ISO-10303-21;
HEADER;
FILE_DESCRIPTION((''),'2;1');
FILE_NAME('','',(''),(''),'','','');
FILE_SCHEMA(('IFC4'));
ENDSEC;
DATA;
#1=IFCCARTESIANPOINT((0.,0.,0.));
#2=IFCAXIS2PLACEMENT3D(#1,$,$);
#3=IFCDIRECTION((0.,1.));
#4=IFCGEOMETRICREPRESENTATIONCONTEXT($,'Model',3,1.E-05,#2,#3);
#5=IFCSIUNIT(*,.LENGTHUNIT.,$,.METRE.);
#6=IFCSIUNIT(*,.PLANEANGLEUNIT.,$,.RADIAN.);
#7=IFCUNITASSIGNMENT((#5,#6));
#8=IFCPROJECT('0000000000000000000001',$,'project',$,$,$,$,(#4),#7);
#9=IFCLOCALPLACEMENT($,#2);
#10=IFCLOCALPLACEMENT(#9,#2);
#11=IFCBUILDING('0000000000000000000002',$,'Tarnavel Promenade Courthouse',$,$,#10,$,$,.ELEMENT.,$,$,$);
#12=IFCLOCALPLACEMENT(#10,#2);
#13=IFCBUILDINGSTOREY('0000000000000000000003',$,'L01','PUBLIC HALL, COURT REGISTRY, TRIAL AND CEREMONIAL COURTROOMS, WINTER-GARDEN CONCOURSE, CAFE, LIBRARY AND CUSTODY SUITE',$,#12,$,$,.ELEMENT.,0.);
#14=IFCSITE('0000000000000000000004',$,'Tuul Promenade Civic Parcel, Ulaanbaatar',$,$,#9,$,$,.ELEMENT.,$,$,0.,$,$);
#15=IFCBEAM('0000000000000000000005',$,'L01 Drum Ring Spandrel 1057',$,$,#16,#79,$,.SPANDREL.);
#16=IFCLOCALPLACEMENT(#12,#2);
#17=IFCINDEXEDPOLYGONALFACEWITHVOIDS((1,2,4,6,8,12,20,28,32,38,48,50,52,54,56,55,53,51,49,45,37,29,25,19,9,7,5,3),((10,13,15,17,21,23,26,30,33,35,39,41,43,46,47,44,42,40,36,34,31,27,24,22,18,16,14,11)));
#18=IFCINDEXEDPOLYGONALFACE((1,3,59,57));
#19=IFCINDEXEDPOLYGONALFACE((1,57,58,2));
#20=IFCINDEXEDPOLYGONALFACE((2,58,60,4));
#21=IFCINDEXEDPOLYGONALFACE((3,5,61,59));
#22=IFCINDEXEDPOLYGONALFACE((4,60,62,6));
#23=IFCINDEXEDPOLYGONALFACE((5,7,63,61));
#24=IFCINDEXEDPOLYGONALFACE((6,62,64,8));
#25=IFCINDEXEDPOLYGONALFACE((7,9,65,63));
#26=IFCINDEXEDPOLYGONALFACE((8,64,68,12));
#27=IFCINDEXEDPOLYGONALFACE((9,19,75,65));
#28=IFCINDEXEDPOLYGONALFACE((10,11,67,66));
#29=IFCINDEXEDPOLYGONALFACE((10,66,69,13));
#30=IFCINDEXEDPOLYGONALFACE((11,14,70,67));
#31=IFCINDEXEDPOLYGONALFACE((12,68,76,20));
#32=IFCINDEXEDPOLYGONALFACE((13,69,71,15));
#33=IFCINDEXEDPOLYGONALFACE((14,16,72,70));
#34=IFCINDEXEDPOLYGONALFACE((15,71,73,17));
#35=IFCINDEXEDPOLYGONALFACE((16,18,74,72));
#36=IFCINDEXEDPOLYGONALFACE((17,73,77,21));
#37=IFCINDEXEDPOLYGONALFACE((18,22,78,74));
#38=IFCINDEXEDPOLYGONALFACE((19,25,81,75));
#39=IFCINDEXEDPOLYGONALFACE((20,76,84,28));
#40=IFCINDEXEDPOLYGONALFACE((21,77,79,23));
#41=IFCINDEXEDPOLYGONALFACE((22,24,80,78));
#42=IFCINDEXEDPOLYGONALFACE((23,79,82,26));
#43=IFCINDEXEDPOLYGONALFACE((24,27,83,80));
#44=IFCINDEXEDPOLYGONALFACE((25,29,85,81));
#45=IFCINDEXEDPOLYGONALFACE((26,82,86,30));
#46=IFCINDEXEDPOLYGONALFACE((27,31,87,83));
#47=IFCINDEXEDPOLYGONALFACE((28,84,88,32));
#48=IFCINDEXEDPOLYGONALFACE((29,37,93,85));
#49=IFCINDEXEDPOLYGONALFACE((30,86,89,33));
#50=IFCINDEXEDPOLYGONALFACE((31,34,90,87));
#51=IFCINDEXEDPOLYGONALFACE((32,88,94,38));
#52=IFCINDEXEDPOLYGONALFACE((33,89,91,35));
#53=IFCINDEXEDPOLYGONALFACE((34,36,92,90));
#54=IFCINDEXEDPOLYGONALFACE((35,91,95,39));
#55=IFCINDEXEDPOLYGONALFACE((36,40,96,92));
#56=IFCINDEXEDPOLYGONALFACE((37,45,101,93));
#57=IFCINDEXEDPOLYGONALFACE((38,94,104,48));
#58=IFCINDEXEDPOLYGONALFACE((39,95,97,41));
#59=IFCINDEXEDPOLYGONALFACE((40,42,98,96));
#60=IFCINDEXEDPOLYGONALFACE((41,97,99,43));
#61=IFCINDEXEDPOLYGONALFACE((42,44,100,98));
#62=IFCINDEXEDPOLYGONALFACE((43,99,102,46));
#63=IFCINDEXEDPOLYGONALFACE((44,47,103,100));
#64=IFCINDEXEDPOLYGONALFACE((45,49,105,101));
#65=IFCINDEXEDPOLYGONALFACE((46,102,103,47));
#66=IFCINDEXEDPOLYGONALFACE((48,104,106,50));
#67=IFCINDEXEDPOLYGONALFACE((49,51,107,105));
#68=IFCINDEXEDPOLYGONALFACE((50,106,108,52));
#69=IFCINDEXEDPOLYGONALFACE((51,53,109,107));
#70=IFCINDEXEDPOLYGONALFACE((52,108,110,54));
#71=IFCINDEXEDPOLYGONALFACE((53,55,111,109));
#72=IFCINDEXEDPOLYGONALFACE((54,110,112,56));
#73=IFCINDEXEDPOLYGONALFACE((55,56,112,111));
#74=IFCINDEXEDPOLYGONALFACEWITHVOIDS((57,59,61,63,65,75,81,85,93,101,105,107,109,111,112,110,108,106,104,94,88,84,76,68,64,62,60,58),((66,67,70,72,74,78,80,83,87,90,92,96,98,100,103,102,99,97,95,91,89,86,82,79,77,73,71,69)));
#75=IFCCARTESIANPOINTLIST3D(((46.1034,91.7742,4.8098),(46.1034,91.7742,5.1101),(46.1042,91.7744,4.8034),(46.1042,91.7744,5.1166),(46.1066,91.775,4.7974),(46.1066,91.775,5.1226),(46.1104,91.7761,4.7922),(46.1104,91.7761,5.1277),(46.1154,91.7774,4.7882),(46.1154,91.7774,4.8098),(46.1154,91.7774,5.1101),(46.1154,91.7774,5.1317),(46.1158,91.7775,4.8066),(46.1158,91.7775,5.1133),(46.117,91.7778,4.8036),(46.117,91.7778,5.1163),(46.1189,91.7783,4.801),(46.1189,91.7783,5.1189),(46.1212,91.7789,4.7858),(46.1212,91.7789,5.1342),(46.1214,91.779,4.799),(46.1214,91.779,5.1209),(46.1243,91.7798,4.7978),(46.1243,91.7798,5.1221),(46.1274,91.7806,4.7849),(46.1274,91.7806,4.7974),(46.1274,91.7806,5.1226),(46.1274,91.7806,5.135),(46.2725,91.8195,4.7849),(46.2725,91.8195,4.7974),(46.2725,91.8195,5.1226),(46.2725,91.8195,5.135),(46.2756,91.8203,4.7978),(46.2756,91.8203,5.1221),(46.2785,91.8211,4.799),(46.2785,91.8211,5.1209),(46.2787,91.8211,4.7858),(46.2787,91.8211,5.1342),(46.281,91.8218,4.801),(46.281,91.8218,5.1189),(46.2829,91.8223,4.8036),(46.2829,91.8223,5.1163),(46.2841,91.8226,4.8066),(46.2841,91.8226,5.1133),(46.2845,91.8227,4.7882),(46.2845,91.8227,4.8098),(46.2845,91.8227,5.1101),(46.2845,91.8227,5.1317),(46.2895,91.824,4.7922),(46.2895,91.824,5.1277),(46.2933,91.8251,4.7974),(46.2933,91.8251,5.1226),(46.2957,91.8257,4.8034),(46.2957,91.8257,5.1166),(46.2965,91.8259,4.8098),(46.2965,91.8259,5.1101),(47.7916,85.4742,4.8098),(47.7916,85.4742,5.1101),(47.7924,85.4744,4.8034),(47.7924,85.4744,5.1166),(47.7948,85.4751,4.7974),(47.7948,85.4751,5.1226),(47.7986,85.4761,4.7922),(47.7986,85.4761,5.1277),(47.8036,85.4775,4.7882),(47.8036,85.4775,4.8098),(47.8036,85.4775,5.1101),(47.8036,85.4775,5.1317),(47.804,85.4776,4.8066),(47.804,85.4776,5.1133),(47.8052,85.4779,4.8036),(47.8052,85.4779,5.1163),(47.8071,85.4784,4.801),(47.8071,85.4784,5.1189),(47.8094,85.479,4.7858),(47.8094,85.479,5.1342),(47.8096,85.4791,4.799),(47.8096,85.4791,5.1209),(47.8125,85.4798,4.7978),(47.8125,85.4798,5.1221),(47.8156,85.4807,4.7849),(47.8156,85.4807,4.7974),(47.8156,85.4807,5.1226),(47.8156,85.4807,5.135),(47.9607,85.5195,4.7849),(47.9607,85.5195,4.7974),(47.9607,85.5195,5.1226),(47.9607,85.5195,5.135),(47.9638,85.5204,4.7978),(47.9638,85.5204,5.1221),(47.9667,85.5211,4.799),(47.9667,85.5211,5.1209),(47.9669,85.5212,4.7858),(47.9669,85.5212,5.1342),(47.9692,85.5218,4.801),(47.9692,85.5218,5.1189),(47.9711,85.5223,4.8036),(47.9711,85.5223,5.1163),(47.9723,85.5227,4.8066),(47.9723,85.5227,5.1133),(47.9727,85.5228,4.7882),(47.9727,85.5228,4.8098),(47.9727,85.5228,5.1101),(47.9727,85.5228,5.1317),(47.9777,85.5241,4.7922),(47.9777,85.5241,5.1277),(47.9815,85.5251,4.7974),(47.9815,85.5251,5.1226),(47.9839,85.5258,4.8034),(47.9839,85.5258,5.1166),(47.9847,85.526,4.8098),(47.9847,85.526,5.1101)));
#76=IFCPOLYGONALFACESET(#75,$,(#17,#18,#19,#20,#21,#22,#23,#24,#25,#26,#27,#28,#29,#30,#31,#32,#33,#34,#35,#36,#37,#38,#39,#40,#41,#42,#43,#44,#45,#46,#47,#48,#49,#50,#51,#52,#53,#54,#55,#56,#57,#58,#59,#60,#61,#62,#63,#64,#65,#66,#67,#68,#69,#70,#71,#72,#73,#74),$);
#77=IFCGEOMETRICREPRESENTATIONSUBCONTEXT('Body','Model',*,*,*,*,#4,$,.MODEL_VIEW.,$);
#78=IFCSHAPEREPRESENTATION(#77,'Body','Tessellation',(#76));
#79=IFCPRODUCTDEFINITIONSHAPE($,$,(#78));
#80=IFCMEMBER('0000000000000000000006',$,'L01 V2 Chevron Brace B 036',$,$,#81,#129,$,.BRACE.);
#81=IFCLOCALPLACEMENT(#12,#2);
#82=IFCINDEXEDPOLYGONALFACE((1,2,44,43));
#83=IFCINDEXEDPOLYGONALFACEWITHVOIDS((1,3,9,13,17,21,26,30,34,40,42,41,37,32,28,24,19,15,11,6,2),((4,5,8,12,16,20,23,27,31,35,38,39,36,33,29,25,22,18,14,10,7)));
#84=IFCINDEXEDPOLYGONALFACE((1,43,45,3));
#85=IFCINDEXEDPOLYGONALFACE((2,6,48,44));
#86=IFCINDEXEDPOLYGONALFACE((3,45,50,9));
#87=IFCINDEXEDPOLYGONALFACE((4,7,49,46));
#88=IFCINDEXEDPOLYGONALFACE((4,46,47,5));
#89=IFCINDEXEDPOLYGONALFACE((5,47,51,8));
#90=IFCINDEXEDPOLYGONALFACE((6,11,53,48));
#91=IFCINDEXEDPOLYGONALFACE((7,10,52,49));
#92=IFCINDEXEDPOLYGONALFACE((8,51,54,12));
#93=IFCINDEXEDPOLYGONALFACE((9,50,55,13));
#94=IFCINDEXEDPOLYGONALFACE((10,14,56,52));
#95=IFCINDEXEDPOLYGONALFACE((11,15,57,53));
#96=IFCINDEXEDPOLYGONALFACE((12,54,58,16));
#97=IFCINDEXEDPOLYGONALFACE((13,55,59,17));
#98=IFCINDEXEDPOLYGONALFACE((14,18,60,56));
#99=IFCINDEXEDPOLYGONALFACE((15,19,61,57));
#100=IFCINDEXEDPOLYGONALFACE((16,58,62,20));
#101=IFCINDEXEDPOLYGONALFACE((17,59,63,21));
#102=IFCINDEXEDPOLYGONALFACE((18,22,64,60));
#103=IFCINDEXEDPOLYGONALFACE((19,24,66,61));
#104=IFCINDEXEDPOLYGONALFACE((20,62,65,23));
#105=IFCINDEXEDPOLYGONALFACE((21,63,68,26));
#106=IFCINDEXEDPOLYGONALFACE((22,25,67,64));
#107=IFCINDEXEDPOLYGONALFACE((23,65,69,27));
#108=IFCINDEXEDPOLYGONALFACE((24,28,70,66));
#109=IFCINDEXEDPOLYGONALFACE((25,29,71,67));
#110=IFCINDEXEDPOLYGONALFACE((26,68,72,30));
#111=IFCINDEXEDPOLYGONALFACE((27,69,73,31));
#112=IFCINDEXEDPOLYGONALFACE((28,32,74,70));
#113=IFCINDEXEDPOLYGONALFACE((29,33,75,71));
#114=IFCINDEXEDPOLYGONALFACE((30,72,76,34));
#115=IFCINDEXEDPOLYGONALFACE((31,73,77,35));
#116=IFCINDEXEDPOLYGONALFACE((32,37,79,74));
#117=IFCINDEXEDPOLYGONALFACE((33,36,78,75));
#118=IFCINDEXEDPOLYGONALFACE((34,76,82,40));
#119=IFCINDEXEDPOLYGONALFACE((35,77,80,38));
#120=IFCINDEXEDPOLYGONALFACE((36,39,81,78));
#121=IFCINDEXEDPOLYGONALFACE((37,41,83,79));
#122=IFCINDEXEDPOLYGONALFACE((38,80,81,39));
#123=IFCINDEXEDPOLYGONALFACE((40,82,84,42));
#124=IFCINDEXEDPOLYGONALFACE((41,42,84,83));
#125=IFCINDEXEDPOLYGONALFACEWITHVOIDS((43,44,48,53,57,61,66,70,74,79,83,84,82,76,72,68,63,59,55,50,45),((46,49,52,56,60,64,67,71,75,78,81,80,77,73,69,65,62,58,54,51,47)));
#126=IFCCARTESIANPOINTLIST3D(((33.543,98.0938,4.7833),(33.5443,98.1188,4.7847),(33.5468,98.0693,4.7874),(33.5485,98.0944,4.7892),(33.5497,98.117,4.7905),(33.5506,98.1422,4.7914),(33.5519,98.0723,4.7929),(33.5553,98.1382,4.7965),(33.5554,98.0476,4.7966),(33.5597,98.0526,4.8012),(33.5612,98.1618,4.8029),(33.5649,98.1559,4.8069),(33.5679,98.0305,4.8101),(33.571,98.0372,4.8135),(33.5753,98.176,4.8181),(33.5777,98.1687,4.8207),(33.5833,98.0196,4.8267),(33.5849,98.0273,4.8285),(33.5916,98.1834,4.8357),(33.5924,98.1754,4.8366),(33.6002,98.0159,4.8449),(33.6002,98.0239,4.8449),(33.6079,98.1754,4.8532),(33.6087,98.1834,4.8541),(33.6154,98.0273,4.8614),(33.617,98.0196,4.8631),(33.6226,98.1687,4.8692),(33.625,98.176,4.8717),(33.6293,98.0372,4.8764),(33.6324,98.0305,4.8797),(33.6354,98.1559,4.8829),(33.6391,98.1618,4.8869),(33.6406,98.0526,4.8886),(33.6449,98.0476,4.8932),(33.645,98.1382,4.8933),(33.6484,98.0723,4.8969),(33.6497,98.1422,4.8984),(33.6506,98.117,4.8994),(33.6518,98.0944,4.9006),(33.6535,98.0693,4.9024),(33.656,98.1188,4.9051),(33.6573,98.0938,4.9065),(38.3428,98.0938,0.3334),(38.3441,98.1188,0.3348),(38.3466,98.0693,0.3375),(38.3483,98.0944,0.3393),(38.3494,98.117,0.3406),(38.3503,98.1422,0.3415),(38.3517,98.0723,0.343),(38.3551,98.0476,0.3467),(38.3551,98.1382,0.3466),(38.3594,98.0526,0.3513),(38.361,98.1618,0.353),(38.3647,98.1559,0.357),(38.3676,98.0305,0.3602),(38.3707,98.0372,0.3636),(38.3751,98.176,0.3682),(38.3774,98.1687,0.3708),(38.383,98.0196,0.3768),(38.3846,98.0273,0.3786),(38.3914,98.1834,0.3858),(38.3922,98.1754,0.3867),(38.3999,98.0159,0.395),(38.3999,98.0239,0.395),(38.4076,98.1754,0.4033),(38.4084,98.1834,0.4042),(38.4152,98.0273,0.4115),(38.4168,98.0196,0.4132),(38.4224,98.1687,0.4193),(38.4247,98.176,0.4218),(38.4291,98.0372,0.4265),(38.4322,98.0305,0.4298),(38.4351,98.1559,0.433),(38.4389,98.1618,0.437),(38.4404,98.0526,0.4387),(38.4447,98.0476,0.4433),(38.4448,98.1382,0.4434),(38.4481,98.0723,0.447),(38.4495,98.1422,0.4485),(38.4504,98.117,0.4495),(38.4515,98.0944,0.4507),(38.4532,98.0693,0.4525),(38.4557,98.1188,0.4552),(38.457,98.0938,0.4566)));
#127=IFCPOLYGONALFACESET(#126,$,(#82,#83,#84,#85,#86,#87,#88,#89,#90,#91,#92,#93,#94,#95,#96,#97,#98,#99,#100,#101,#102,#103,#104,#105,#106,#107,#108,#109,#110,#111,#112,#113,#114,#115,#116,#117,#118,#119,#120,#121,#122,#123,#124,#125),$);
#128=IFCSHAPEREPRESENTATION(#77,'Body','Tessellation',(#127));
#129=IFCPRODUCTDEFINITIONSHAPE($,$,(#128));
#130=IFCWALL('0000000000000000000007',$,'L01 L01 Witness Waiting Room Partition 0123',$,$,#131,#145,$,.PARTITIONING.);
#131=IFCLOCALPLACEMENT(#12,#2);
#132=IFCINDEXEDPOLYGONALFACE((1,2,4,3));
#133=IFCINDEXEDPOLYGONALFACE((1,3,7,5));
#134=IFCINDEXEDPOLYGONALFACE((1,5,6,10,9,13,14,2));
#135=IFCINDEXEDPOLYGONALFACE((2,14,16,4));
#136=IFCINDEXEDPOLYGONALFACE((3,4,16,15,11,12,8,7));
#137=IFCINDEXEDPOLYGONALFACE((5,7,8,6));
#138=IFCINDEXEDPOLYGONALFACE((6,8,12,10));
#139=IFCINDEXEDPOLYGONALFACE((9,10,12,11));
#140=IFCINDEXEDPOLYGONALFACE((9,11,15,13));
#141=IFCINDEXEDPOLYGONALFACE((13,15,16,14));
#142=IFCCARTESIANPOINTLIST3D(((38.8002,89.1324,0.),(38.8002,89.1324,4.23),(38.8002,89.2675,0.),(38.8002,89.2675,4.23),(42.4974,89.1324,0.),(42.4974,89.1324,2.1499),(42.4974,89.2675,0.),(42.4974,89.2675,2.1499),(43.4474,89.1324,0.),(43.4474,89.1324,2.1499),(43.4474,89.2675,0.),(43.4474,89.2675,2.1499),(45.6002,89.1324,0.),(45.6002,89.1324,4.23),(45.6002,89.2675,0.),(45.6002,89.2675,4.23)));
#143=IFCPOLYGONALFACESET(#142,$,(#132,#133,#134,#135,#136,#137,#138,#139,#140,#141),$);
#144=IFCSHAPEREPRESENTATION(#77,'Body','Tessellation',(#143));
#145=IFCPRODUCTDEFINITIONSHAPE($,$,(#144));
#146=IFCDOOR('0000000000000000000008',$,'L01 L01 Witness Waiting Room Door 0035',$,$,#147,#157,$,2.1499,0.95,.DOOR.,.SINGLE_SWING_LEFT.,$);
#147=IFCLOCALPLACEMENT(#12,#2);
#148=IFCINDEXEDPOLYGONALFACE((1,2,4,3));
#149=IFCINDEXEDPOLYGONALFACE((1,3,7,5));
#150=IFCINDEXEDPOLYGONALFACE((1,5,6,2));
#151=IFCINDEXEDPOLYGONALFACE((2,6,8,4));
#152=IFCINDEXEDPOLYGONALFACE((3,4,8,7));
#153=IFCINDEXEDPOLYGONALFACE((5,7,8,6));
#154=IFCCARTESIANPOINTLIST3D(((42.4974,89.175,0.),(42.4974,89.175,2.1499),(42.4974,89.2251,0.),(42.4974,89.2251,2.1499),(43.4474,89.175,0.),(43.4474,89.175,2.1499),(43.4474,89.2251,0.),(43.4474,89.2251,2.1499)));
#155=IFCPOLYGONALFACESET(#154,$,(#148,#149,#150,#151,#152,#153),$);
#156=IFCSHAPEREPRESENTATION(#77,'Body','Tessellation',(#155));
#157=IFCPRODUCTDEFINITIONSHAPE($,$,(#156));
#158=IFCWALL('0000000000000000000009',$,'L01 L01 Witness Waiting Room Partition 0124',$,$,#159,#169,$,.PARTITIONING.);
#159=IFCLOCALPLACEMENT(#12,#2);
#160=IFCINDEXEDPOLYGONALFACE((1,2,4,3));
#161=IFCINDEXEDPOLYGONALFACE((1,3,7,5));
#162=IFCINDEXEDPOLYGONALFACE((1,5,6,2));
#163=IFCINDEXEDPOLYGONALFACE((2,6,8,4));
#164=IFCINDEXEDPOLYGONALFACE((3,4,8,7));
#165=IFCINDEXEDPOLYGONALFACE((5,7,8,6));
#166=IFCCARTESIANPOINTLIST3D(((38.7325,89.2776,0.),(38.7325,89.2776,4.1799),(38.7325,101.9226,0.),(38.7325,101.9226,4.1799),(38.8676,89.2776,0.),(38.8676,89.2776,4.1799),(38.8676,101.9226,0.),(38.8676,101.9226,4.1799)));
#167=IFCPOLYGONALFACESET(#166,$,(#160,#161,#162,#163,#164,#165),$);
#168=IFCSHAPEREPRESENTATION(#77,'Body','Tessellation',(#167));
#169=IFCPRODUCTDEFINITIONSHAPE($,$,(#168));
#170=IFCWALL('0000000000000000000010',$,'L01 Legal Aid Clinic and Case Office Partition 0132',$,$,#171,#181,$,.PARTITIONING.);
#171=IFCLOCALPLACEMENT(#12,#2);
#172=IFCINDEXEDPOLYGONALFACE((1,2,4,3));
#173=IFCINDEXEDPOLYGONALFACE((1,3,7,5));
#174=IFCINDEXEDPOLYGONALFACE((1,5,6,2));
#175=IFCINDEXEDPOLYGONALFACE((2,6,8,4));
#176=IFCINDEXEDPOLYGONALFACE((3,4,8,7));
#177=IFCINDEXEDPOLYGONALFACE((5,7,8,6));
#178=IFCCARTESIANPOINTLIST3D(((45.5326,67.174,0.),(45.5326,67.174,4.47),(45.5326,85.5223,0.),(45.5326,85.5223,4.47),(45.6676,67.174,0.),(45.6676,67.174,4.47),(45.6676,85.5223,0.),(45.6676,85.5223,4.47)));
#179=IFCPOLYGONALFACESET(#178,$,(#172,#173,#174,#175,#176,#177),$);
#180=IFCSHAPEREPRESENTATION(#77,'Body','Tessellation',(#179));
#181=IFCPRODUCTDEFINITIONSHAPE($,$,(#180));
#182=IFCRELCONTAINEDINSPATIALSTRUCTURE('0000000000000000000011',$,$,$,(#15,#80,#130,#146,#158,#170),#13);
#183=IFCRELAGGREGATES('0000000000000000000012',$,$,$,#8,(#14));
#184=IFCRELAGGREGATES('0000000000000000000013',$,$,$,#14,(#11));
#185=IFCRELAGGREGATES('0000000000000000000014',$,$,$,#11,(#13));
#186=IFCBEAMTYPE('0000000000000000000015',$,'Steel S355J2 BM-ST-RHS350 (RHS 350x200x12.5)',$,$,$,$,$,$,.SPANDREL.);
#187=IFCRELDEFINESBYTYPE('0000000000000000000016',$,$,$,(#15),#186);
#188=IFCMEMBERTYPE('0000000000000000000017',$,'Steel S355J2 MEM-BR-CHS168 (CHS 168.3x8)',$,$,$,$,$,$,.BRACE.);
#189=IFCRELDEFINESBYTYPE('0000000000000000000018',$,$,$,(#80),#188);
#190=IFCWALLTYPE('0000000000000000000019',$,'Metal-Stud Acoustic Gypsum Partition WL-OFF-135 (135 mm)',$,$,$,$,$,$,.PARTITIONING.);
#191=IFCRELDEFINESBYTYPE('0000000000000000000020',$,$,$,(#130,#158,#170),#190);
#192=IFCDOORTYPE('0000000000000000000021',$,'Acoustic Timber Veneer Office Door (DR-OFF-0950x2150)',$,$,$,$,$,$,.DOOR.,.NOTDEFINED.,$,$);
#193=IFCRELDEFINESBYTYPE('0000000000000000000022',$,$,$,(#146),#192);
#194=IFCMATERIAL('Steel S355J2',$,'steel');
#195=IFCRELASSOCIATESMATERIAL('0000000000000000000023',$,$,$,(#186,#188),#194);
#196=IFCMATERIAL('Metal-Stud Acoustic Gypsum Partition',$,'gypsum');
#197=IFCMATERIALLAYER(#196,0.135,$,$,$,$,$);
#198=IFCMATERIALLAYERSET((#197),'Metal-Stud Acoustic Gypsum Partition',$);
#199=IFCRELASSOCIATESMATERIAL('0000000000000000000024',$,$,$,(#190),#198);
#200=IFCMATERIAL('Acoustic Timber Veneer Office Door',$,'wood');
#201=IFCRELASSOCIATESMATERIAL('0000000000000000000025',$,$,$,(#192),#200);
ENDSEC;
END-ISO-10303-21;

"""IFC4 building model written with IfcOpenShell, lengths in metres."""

from ifc_helpers import new_model, si_unit, direction, frame, frame_2d, origin, origin_2d, place, context, subcontext, project, spatial, rectangle, hollow_rectangle, hollow_circle, extrude, material, layer, layer_set, material_profile, profile_set, type_object, element, fill, save


model = new_model("IFC4")

# Units and contexts
model_context = context("Model", 3, precision=1e-05, world=origin(), true_north=direction((0.0, 1.0)))
body_context = subcontext(model_context, "Body", "Model", "MODEL_VIEW")
ifc_project = project(units=[si_unit("LENGTHUNIT", "METRE"), si_unit("PLANEANGLEUNIT", "RADIAN")], contexts=[model_context])

# Site, building, storey
site_placement = place(None, origin())
site = spatial("IfcSite", under=ifc_project, at=site_placement, Name="Tuul Promenade Civic Parcel, Ulaanbaatar", CompositionType="ELEMENT", RefElevation=0.0)
building_placement = place(site_placement, origin())
building = spatial("IfcBuilding", under=site, at=building_placement, Name="Tarnavel Promenade Courthouse", CompositionType="ELEMENT")
storey_placement = place(building_placement, origin())
storey = spatial("IfcBuildingStorey", under=building, at=storey_placement, Name="L01", Description="PUBLIC HALL, COURT REGISTRY, TRIAL AND CEREMONIAL COURTROOMS, WINTER-GARDEN CONCOURSE, CAFE, LIBRARY AND CUSTODY SUITE", CompositionType="ELEMENT", Elevation=0.0)

# Beam
ifc_material_1 = material(Name="Steel S355J2", Category="steel")
ifc_material_profile_1 = material_profile(ifc_material_1, hollow_rectangle(XDim=0.2, YDim=0.3501, WallThickness=0.0125, InnerFilletRadius=0.0125, OuterFilletRadius=0.0249, at=origin_2d()), Name="RHS 350x200x12.5")
ifc_profile_set_1 = profile_set([ifc_material_profile_1], Name="Steel S355J2")
beam_type_1 = type_object("IfcBeamType", Name="Steel S355J2 BM-ST-RHS350 (RHS 350x200x12.5)", PredefinedType="SPANDREL", material=ifc_profile_set_1)
beam_1_placement = place(storey_placement, frame((46.2, 91.8, 4.96), z_axis=(0.258839, -0.96592, 0.0), x_axis=(0.96592, 0.258839, 0.0)))
element("IfcBeam", 1, at=beam_1_placement, inside=storey, type_object=beam_type_1, Name="L01 Drum Ring Spandrel 1057", PredefinedType="SPANDREL", context=body_context, shape_type="SweptSolid", body=[
    extrude(hollow_rectangle(XDim=0.2, YDim=0.3501, WallThickness=0.0125, InnerFilletRadius=0.0125, OuterFilletRadius=0.0249, at=origin_2d()), origin(), (0.0, 0.0, 1.0), 6.5222),
])

# Member
ifc_material_profile_2 = material_profile(ifc_material_1, hollow_circle(Radius=0.0842, WallThickness=0.0081, at=origin_2d()), Name="CHS 168.3x8")
ifc_profile_set_2 = profile_set([ifc_material_profile_2], Name="Steel S355J2")
member_type = type_object("IfcMemberType", Name="Steel S355J2 MEM-BR-CHS168 (CHS 168.3x8)", PredefinedType="BRACE", material=ifc_profile_set_2)
member_placement = place(storey_placement, frame((38.3999, 98.1001, 0.395), z_axis=(-0.733327, 0.0, 0.679876), x_axis=(0.0, -1.0, 0.0)))
element("IfcMember", 2, at=member_placement, inside=storey, type_object=member_type, Name="L01 V2 Chevron Brace B 036", PredefinedType="BRACE", context=body_context, shape_type="SweptSolid", body=[
    extrude(hollow_circle(Radius=0.0842, WallThickness=0.0081, at=origin_2d()), origin(), (0.0, 0.0, 1.0), 6.5452),
])

# Wall, opening, door
ifc_material_2 = material(Name="Metal-Stud Acoustic Gypsum Partition", Category="gypsum")
ifc_layer_1 = layer(ifc_material_2, 0.135)
ifc_layer_set_1 = layer_set([ifc_layer_1], Name="Metal-Stud Acoustic Gypsum Partition")
wall_type_1 = type_object("IfcWallType", Name="Metal-Stud Acoustic Gypsum Partition WL-OFF-135 (135 mm)", PredefinedType="PARTITIONING", material=ifc_layer_set_1)
wall_1_placement = place(storey_placement, frame((45.6001, 89.2, 0.0), z_axis=(0.0, 0.0, 1.0), x_axis=(-1.0, 0.0, 0.0)))
wall_1 = element("IfcWall", 3, at=wall_1_placement, inside=storey, type_object=wall_type_1, Name="L01 L01 Witness Waiting Room Partition 0123", PredefinedType="PARTITIONING", context=body_context, shape_type="SweptSolid", body=[
    extrude(rectangle(XDim=6.8, YDim=0.135, at=frame_2d((3.3999, 0.0))), origin(), (0.0, 0.0, 1.0), 4.23),
])
opening_1_placement = place(wall_1_placement, frame((2.1526, 0.0, 0.0)))
opening_1 = element("IfcOpeningElement", 4, at=opening_1_placement, cuts=wall_1, PredefinedType="OPENING", context=body_context, shape_type="SweptSolid", body=[
    extrude(rectangle(XDim=0.95, YDim=2.1499, at=frame_2d((0.4751, 1.075))), frame((0.0, 0.0774, 0.0), z_axis=(0.0, -1.0, 0.0), x_axis=(1.0, 0.0, 0.0)), (0.0, 0.0, 1.0), 0.155),
])
ifc_material_3 = material(Name="Acoustic Timber Veneer Office Door", Category="wood")
door_type = type_object("IfcDoorType", Name="Acoustic Timber Veneer Office Door (DR-OFF-0950x2150)", OperationType="NOTDEFINED", PredefinedType="DOOR", material=ifc_material_3)
door_placement = place(opening_1_placement, origin())
door = element("IfcDoor", 5, at=door_placement, inside=storey, type_object=door_type, Name="L01 L01 Witness Waiting Room Door 0035", OperationType="SINGLE_SWING_LEFT", OverallHeight=2.1499, OverallWidth=0.95, PredefinedType="DOOR", context=body_context, shape_type="SweptSolid", body=[
    extrude(rectangle(XDim=0.95, YDim=2.1499, at=frame_2d((0.4751, 1.075))), frame((0.0, 0.0249, 0.0), z_axis=(0.0, -1.0, 0.0), x_axis=(1.0, 0.0, 0.0)), (0.0, 0.0, 1.0), 0.05),
])
fill(opening_1, door)

# Walls
wall_2_placement = place(storey_placement, frame((38.8, 89.2776, 0.0), z_axis=(0.0, 0.0, 1.0), x_axis=(0.0, 1.0, 0.0)))
element("IfcWall", 6, at=wall_2_placement, inside=storey, type_object=wall_type_1, Name="L01 L01 Witness Waiting Room Partition 0124", PredefinedType="PARTITIONING", context=body_context, shape_type="SweptSolid", body=[
    extrude(rectangle(XDim=12.645, YDim=0.135, at=frame_2d((6.3225, 0.0))), origin(), (0.0, 0.0, 1.0), 4.1799),
])
wall_3_placement = place(storey_placement, frame((45.6001, 85.5225, 0.0), z_axis=(0.0, 0.0, 1.0), x_axis=(0.0, -1.0, 0.0)))
element("IfcWall", 7, at=wall_3_placement, inside=storey, type_object=wall_type_1, Name="L01 Legal Aid Clinic and Case Office Partition 0132", PredefinedType="PARTITIONING", context=body_context, shape_type="SweptSolid", body=[
    extrude(rectangle(XDim=18.3484, YDim=0.135, at=frame_2d((9.1743, 0.0))), origin(), (0.0, 0.0, 1.0), 4.47),
])

save(model, "model.ifc")
